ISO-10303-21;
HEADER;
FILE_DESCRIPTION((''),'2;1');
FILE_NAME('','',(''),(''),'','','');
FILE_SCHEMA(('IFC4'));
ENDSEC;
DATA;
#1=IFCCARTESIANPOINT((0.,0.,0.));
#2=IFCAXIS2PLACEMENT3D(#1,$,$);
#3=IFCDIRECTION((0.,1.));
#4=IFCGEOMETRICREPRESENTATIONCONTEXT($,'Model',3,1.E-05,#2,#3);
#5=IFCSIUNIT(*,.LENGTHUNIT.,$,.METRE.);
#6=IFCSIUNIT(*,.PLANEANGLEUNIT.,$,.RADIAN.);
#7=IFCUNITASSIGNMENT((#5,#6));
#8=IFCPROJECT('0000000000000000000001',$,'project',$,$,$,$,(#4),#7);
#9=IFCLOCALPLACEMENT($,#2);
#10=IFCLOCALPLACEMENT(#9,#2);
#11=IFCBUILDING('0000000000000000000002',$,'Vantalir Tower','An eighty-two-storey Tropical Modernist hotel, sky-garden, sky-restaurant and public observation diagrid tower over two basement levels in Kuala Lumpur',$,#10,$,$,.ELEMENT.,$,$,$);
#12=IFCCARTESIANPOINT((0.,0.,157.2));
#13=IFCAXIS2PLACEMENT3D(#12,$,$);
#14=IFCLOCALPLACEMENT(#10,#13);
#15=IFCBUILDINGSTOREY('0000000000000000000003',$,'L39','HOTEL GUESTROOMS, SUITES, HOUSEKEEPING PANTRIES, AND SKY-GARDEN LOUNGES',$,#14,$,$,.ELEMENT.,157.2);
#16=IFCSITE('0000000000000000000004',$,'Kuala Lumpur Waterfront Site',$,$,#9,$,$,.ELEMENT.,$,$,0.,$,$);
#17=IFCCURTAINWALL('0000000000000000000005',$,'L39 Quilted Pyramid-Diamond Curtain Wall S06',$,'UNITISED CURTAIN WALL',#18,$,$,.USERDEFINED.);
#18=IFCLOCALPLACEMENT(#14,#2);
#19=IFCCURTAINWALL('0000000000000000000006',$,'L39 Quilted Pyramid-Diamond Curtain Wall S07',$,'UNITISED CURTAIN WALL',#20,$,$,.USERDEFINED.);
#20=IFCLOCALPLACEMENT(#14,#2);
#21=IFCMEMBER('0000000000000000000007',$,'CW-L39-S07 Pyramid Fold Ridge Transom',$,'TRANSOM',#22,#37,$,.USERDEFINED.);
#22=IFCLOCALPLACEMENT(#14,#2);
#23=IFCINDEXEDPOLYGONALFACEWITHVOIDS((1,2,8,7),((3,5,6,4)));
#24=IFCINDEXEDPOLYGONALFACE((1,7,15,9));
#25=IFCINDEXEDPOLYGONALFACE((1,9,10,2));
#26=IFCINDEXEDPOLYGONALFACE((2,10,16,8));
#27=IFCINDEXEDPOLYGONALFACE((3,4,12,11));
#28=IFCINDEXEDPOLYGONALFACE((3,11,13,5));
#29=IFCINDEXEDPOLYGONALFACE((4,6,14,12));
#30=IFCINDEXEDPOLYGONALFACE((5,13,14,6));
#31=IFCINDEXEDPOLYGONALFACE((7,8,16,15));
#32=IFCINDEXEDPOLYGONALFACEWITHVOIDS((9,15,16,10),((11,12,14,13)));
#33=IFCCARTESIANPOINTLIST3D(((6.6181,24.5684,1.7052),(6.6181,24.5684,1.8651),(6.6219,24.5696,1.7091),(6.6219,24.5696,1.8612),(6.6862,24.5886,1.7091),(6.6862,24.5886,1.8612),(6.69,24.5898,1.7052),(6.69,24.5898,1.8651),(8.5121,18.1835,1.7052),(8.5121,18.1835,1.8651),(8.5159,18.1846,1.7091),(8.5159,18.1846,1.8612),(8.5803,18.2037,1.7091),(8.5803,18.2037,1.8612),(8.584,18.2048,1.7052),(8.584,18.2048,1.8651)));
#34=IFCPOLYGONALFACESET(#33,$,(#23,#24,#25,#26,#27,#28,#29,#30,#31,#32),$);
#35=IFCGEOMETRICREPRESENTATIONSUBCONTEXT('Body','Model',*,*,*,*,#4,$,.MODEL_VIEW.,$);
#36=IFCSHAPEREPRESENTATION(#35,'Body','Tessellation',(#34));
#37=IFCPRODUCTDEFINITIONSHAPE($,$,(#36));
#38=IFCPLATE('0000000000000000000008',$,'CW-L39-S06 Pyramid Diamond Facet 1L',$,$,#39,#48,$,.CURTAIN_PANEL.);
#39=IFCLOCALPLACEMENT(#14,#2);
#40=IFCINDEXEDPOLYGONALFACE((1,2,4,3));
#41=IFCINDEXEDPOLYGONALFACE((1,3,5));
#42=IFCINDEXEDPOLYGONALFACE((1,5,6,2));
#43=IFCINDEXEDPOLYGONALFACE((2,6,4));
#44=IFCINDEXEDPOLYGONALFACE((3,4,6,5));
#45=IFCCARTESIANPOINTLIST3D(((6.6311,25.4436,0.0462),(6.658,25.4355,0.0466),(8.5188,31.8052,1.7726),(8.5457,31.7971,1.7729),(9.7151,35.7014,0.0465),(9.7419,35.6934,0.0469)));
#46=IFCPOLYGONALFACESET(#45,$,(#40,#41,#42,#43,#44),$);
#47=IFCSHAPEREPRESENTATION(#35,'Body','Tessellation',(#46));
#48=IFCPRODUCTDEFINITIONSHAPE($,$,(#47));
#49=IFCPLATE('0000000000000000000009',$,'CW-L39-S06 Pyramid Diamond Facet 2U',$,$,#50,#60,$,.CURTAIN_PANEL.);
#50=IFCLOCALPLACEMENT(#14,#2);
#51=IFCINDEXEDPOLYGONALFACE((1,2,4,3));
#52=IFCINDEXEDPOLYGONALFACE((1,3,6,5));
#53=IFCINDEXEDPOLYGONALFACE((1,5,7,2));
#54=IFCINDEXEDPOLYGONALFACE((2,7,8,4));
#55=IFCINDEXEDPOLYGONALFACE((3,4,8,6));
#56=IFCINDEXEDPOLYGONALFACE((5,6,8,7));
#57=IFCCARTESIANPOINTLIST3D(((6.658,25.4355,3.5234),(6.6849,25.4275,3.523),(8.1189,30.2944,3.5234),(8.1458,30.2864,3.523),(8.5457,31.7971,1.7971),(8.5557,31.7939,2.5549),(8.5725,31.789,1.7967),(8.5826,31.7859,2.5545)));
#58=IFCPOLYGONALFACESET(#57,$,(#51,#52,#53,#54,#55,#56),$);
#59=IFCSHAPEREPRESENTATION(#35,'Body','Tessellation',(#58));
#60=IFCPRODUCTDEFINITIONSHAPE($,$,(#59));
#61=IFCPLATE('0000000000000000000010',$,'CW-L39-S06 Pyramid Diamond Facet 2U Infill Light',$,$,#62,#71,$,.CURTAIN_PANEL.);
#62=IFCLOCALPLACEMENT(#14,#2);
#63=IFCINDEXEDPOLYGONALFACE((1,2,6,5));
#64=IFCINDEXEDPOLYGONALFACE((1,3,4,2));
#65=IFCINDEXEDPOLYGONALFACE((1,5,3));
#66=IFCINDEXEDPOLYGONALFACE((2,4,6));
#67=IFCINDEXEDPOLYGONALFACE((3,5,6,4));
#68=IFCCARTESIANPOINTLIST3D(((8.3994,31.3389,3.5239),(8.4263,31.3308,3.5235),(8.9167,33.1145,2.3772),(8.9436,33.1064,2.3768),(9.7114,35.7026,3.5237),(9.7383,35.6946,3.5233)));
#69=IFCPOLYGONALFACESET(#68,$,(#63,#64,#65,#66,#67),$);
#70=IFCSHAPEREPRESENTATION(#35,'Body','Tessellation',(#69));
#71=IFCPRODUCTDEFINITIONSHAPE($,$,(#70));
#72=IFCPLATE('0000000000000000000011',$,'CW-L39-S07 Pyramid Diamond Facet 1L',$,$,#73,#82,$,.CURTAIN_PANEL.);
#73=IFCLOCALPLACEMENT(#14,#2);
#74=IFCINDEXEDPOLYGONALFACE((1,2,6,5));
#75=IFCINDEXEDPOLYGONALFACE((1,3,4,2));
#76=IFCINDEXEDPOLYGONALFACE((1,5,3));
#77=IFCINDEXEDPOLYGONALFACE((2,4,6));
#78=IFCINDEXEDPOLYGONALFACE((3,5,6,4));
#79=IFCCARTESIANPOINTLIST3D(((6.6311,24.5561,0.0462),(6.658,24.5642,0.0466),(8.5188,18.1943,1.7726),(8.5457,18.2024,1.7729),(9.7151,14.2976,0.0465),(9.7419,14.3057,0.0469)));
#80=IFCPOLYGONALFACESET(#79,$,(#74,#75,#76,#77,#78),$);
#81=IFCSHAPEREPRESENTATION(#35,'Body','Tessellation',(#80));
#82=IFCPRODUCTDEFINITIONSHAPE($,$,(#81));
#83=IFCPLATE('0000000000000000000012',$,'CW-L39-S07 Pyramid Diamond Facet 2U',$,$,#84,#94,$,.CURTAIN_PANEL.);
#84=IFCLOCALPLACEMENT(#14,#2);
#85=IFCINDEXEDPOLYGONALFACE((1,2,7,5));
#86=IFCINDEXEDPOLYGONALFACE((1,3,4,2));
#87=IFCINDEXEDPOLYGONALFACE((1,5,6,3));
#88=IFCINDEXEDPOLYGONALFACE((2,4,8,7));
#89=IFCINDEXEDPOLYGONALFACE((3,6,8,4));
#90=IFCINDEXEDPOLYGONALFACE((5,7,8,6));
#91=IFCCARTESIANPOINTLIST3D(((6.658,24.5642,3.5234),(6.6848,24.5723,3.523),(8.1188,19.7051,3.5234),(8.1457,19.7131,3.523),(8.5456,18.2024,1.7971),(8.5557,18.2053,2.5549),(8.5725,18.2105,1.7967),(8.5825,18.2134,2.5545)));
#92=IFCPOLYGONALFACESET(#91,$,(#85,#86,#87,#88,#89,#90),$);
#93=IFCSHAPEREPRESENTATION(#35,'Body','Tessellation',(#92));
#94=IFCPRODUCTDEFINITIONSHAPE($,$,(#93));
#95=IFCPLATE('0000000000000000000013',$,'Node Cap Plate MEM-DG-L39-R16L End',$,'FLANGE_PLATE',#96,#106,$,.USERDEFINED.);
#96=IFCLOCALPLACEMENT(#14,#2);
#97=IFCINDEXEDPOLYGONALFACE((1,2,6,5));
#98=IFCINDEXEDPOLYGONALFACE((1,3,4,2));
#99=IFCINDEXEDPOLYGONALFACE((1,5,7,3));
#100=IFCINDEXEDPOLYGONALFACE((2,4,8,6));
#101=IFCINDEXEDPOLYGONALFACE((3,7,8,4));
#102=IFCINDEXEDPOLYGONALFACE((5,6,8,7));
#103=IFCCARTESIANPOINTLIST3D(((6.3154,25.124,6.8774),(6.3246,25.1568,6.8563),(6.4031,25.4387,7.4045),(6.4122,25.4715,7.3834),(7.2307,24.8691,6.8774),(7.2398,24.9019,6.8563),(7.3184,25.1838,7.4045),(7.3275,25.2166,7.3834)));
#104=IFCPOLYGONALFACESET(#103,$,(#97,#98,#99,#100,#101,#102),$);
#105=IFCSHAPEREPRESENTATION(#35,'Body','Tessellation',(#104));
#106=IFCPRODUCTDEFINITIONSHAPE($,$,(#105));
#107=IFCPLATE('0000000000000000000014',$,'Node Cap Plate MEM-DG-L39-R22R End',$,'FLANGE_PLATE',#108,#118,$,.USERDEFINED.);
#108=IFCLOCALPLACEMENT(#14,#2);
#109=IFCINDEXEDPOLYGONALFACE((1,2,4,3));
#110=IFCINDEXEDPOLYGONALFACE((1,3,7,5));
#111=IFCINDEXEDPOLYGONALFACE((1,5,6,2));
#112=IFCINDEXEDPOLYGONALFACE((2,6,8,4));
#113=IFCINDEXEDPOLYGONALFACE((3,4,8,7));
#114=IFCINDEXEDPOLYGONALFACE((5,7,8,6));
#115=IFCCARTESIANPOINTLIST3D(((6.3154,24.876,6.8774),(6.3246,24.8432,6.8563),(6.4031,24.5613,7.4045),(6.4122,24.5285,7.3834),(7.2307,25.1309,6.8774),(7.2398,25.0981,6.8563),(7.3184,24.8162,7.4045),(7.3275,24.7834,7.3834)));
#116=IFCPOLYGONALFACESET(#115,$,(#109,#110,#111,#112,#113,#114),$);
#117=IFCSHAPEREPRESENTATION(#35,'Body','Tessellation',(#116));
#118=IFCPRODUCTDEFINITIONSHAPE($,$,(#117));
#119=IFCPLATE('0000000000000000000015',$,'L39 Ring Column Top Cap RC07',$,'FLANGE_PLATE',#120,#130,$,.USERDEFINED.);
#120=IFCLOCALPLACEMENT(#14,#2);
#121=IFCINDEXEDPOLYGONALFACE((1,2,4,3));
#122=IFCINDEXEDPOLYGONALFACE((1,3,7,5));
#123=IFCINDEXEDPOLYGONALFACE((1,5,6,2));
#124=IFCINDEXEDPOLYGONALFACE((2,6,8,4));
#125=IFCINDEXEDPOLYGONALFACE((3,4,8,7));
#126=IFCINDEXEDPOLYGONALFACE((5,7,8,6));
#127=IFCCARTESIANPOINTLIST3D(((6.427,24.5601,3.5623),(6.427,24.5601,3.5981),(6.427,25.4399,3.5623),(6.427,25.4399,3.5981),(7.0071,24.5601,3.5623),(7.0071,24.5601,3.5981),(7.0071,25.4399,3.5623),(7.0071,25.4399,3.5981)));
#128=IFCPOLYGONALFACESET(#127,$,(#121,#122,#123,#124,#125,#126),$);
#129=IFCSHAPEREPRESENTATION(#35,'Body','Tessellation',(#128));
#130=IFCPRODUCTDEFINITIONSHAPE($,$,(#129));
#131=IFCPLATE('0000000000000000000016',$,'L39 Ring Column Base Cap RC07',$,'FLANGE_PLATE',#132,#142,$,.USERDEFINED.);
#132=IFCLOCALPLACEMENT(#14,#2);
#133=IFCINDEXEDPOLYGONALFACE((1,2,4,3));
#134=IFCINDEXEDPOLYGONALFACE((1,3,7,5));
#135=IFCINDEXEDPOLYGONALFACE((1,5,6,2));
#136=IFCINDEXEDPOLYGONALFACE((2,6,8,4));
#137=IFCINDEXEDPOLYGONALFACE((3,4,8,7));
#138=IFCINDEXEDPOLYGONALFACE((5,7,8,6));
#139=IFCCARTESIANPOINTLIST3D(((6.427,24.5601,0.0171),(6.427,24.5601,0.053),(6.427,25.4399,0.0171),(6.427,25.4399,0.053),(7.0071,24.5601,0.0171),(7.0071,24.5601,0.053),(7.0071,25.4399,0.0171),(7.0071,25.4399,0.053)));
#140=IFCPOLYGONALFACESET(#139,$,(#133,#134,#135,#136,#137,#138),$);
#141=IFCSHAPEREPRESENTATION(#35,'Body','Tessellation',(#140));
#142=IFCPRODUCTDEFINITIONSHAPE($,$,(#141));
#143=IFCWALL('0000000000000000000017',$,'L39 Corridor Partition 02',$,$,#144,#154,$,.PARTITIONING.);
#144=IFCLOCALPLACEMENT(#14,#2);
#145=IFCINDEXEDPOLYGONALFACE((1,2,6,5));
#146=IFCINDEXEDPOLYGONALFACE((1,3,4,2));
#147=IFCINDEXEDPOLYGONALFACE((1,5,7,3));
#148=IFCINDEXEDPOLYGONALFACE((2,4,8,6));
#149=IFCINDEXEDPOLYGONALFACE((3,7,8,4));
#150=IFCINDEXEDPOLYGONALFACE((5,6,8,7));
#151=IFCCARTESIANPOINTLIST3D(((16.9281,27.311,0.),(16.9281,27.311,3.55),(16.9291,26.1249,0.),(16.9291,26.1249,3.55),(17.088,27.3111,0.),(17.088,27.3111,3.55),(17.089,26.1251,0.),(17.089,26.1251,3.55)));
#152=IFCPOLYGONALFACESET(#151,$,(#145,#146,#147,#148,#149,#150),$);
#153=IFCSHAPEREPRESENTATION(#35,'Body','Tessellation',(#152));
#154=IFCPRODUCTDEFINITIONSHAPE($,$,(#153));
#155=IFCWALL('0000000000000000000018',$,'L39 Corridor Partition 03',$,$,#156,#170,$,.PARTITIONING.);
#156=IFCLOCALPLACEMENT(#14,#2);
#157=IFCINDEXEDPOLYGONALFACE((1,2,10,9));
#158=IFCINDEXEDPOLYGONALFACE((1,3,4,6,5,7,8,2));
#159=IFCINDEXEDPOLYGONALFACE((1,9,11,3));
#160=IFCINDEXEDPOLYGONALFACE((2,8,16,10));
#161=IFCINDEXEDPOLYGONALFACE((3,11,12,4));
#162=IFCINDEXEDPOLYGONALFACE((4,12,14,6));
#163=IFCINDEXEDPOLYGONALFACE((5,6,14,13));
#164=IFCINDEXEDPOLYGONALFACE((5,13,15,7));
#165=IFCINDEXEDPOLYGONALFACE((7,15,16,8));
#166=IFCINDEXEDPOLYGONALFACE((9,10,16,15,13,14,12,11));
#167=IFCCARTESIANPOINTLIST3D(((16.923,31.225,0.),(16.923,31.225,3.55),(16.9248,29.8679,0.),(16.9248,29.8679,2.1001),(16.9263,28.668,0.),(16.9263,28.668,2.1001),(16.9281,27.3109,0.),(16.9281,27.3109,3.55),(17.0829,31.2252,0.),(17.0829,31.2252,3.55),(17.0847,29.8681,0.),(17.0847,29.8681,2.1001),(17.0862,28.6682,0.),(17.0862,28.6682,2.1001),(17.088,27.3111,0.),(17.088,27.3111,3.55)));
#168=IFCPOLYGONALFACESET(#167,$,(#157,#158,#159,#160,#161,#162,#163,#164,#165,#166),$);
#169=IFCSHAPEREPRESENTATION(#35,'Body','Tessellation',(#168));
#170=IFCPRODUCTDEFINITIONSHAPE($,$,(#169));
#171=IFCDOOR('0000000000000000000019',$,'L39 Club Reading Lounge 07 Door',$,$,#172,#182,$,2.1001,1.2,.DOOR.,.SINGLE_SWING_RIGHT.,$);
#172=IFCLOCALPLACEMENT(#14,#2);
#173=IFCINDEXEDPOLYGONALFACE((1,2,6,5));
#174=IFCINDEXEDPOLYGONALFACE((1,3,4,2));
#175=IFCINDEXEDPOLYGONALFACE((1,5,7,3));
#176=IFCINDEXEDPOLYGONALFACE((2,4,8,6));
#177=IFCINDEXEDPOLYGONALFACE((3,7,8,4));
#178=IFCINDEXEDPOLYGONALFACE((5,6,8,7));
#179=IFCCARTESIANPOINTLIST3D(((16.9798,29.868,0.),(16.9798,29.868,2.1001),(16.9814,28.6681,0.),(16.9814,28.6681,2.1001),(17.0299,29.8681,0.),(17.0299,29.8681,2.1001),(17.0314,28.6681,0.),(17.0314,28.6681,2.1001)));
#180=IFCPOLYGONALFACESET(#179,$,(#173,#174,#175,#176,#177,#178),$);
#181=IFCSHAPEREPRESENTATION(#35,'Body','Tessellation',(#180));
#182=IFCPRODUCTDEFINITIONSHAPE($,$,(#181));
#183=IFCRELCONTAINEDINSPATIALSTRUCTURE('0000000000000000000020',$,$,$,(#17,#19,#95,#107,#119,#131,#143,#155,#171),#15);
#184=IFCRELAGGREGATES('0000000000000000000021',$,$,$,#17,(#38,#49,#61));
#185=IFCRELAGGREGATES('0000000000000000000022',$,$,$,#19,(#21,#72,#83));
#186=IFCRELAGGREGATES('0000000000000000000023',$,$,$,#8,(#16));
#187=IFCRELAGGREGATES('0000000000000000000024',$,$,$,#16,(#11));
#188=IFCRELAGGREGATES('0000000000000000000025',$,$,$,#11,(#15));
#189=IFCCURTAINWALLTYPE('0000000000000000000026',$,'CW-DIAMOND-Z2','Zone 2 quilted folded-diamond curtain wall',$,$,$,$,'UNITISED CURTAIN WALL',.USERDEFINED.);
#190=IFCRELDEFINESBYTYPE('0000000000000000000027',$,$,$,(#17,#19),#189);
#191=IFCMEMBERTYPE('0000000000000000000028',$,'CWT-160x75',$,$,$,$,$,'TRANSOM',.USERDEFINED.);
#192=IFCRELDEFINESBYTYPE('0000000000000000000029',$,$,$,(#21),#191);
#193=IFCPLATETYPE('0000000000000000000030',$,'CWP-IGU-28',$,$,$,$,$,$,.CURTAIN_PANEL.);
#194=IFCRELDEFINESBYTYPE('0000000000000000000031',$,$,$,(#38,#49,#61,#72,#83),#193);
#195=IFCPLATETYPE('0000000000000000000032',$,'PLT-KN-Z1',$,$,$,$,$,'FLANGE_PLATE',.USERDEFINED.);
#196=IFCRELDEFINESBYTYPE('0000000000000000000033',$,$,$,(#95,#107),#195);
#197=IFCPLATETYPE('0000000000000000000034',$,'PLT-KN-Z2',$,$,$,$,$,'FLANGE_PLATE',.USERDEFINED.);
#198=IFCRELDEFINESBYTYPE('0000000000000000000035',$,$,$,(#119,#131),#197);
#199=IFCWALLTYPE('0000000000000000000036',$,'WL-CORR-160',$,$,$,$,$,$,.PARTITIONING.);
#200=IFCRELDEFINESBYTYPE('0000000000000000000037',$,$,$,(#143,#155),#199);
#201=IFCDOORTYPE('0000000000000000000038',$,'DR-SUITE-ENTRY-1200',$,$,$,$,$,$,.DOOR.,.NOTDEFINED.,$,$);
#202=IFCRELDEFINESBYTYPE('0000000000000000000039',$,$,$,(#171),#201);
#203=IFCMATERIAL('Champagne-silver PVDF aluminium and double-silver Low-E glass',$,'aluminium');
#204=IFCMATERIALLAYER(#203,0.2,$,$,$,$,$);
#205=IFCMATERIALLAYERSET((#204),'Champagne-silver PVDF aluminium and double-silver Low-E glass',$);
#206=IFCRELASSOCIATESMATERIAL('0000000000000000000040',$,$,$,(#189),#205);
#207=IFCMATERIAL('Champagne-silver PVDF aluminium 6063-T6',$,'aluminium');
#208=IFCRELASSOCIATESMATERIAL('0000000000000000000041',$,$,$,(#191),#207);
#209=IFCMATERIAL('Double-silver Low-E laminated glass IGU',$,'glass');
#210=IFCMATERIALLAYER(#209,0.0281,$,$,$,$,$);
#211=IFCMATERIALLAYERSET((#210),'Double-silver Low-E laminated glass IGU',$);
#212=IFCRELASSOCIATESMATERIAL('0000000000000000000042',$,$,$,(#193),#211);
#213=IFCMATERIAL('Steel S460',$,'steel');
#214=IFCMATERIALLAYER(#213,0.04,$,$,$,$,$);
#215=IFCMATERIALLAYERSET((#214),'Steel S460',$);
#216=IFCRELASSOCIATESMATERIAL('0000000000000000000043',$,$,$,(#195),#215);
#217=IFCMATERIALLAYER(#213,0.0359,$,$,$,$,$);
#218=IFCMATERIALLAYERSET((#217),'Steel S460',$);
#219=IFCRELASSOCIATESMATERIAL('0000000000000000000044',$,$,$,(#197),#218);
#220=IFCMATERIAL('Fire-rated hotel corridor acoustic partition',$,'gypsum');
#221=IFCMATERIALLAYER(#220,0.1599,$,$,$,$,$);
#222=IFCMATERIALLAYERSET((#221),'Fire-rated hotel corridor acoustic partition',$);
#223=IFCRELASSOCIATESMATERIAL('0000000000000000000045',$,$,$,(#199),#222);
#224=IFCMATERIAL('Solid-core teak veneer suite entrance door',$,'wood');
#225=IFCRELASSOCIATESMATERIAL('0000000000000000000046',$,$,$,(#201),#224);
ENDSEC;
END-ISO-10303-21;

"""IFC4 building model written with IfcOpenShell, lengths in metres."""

from ifc_helpers import new_model, si_unit, direction, frame, frame_2d, origin, origin_2d, place, context, subcontext, project, spatial, polyline, rectangle, hollow_rectangle, outline, extrude, material, layer, layer_set, material_profile, profile_set, type_object, element, fill, aggregate, save


model = new_model("IFC4")

# Units and contexts
model_context = context("Model", 3, precision=1e-05, world=origin(), true_north=direction((0.0, 1.0)))
body_context = subcontext(model_context, "Body", "Model", "MODEL_VIEW")
ifc_project = project(units=[si_unit("LENGTHUNIT", "METRE"), si_unit("PLANEANGLEUNIT", "RADIAN")], contexts=[model_context])

# Site, building, storey
site_placement = place(None, origin())
site = spatial("IfcSite", under=ifc_project, at=site_placement, Name="Kuala Lumpur Waterfront Site", CompositionType="ELEMENT", RefElevation=0.0)
building_placement = place(site_placement, origin())
building = spatial("IfcBuilding", under=site, at=building_placement, Name="Vantalir Tower", Description="An eighty-two-storey Tropical Modernist hotel, sky-garden, sky-restaurant and public observation diagrid tower over two basement levels in Kuala Lumpur", CompositionType="ELEMENT")
storey_placement = place(building_placement, frame((0.0, 0.0, 157.2)))
storey = spatial("IfcBuildingStorey", under=building, at=storey_placement, Name="L39", Description="HOTEL GUESTROOMS, SUITES, HOUSEKEEPING PANTRIES, AND SKY-GARDEN LOUNGES", CompositionType="ELEMENT", Elevation=157.2)

# Shared definitions
ifc_material_1 = material(Name="Steel S460", Category="steel")

# Curtain walls, member
ifc_material_2 = material(Name="Champagne-silver PVDF aluminium and double-silver Low-E glass", Category="aluminium")
ifc_layer_1 = layer(ifc_material_2, 0.2)
ifc_layer_set_1 = layer_set([ifc_layer_1], Name="Champagne-silver PVDF aluminium and double-silver Low-E glass")
curtain_wall_type = type_object("IfcCurtainWallType", Name="CW-DIAMOND-Z2", Description="Zone 2 quilted folded-diamond curtain wall", ElementType="UNITISED CURTAIN WALL", PredefinedType="USERDEFINED", material=ifc_layer_set_1)
curtain_wall_1_placement = place(storey_placement, origin())
curtain_wall_1 = element("IfcCurtainWall", 1, at=curtain_wall_1_placement, inside=storey, type_object=curtain_wall_type, Name="L39 Quilted Pyramid-Diamond Curtain Wall S06", ObjectType="UNITISED CURTAIN WALL", PredefinedType="USERDEFINED")
ifc_material_3 = material(Name="Champagne-silver PVDF aluminium 6063-T6", Category="aluminium")
curtain_wall_2_placement = place(storey_placement, origin())
curtain_wall_2 = element("IfcCurtainWall", 2, at=curtain_wall_2_placement, inside=storey, type_object=curtain_wall_type, Name="L39 Quilted Pyramid-Diamond Curtain Wall S07", ObjectType="UNITISED CURTAIN WALL", PredefinedType="USERDEFINED")
ifc_material_profile_1 = material_profile(ifc_material_3, hollow_rectangle(XDim=0.075, YDim=0.1599, WallThickness=0.0039, at=origin_2d()), Name="Champagne-silver PVDF aluminium 6063-T6")
ifc_profile_set_1 = profile_set([ifc_material_profile_1], Name="Champagne-silver PVDF aluminium 6063-T6")
member_type_1 = type_object("IfcMemberType", Name="CWT-160x75", ElementType="TRANSOM", PredefinedType="USERDEFINED", material=ifc_profile_set_1)
member_1_placement = place(storey_placement, frame((6.6541, 24.5791, 1.7852), z_axis=(0.28439, -0.958709, 0.0), x_axis=(0.958709, 0.28439, 0.0)))
member_1 = element("IfcMember", 3, at=member_1_placement, type_object=member_type_1, Name="CW-L39-S07 Pyramid Fold Ridge Transom", ObjectType="TRANSOM", PredefinedType="USERDEFINED", context=body_context, shape_type="SweptSolid", body=[
    extrude(hollow_rectangle(XDim=0.075, YDim=0.1599, WallThickness=0.0039, at=origin_2d()), origin(), (0.0, 0.0, 1.0), 6.6599),
])

# Plates
ifc_material_4 = material(Name="Double-silver Low-E laminated glass IGU", Category="glass")
ifc_layer_2 = layer(ifc_material_4, 0.0281)
ifc_layer_set_2 = layer_set([ifc_layer_2], Name="Double-silver Low-E laminated glass IGU")
plate_type_1 = type_object("IfcPlateType", Name="CWP-IGU-28", PredefinedType="CURTAIN_PANEL", material=ifc_layer_set_2)
plate_1_placement = place(storey_placement, frame((9.7419, 35.6934, 0.0469), z_axis=(0.957564, -0.287889, 0.01381), x_axis=(-0.287917, -0.957655, -0.000023)))
plate_1 = element("IfcPlate", 4, at=plate_1_placement, type_object=plate_type_1, Name="CW-L39-S06 Pyramid Diamond Facet 1L", PredefinedType="CURTAIN_PANEL", context=body_context, shape_type="SweptSolid", body=[
    extrude(outline(polyline([(0.0, 0.0), (10.7114, 0.0), (4.0756, -1.7263), (0.0, 0.0)])), origin(), (0.0, 0.0, -1.0), 0.0281),
])
plate_2_placement = place(storey_placement, frame((8.1189, 30.2944, 3.5234), z_axis=(-0.957558, 0.287906, 0.013895), x_axis=(-0.287934, -0.95765, 0.0)))
plate_2 = element("IfcPlate", 5, at=plate_2_placement, type_object=plate_type_1, Name="CW-L39-S06 Pyramid Diamond Facet 2U", PredefinedType="CURTAIN_PANEL", context=body_context, shape_type="SweptSolid", body=[
    extrude(outline(polyline([(0.0, 0.0), (5.0738, 0.0), (-1.5619, -1.7265), (-1.5618, -0.9686), (0.0, 0.0)])), origin(), (0.0, 0.0, -1.0), 0.0281),
])
plate_3_placement = place(storey_placement, frame((9.7114, 35.7026, 3.5237), z_axis=(-0.957561, 0.287901, 0.013803), x_axis=(-0.287928, -0.957652, 0.000054)))
plate_3 = element("IfcPlate", 6, at=plate_3_placement, type_object=plate_type_1, Name="CW-L39-S06 Pyramid Diamond Facet 2U Infill Light", PredefinedType="CURTAIN_PANEL", context=body_context, shape_type="SweptSolid", body=[
    extrude(outline(polyline([(0.0, 0.0), (4.5567, 0.0), (2.7073, -1.1467), (0.0, 0.0)])), origin(), (0.0, 0.0, -1.0), 0.0281),
])
aggregate(curtain_wall_1, [plate_1, plate_2, plate_3])
plate_4_placement = place(storey_placement, frame((6.658, 24.5642, 0.0466), z_axis=(0.95757, 0.287871, 0.013775), x_axis=(0.287898, -0.957661, 0.000023)))
plate_4 = element("IfcPlate", 7, at=plate_4_placement, type_object=plate_type_1, Name="CW-L39-S07 Pyramid Diamond Facet 1L", PredefinedType="CURTAIN_PANEL", context=body_context, shape_type="SweptSolid", body=[
    extrude(outline(polyline([(0.0, 0.0), (10.7121, 0.0), (6.636, -1.7263), (0.0, 0.0)])), origin(), (0.0, 0.0, -1.0), 0.0281),
])
plate_5_placement = place(storey_placement, frame((6.658, 24.5642, 3.5234), z_axis=(-0.957565, -0.287882, 0.013873), x_axis=(0.28791, -0.957657, 0.0)))
plate_5 = element("IfcPlate", 8, at=plate_5_placement, type_object=plate_type_1, Name="CW-L39-S07 Pyramid Diamond Facet 2U", PredefinedType="CURTAIN_PANEL", context=body_context, shape_type="SweptSolid", body=[
    extrude(outline(polyline([(0.0, 0.0), (5.074, 0.0), (6.636, -0.9686), (6.6359, -1.7265), (0.0, 0.0)])), origin(), (0.0, 0.0, -1.0), 0.0281),
])
aggregate(curtain_wall_2, [member_1, plate_4, plate_5])

# Plates
ifc_layer_3 = layer(ifc_material_1, 0.04)
ifc_layer_set_3 = layer_set([ifc_layer_3], Name="Steel S460")
plate_type_2 = type_object("IfcPlateType", Name="PLT-KN-Z1", ElementType="FLANGE_PLATE", PredefinedType="USERDEFINED", material=ifc_layer_set_3)
plate_6_placement = place(storey_placement, frame((6.3154, 25.124, 6.8774), z_axis=(-0.228025, -0.818838, 0.526792), x_axis=(0.963345, -0.268267, 0.0)))
element("IfcPlate", 9, at=plate_6_placement, inside=storey, type_object=plate_type_2, Name="Node Cap Plate MEM-DG-L39-R16L End", ObjectType="FLANGE_PLATE", PredefinedType="USERDEFINED", context=body_context, shape_type="SweptSolid", body=[
    extrude(outline(polyline([(0.0, 0.0), (0.9501, 0.0), (0.9501, 0.6201), (0.0, 0.6201), (0.0, 0.0)])), origin(), (0.0, 0.0, -1.0), 0.04),
])
plate_7_placement = place(storey_placement, frame((7.2307, 25.1309, 6.8774), z_axis=(-0.228025, 0.818838, 0.526792), x_axis=(-0.963345, -0.268267, 0.0)))
element("IfcPlate", 10, at=plate_7_placement, inside=storey, type_object=plate_type_2, Name="Node Cap Plate MEM-DG-L39-R22R End", ObjectType="FLANGE_PLATE", PredefinedType="USERDEFINED", context=body_context, shape_type="SweptSolid", body=[
    extrude(outline(polyline([(0.0, 0.0), (0.9501, 0.0), (0.9501, 0.6201), (0.0, 0.6201), (0.0, 0.0)])), origin(), (0.0, 0.0, -1.0), 0.04),
])
ifc_layer_4 = layer(ifc_material_1, 0.0359)
ifc_layer_set_4 = layer_set([ifc_layer_4], Name="Steel S460")
plate_type_3 = type_object("IfcPlateType", Name="PLT-KN-Z2", ElementType="FLANGE_PLATE", PredefinedType="USERDEFINED", material=ifc_layer_set_4)
for number, where, z_axis, x_axis, name in (
    (11, (6.427, 25.4399, 3.5981), (0.0, 0.0, 1.0), (0.0, -1.0, 0.0), "L39 Ring Column Top Cap RC07"),
    (12, (6.427, 25.4399, 0.053), (0.0, 0.0, 1.0), (0.0, -1.0, 0.0), "L39 Ring Column Base Cap RC07"),
):
    element("IfcPlate", number, at=place(storey_placement, frame(where, z_axis=z_axis, x_axis=x_axis)), inside=storey, type_object=plate_type_3, Name=name, ObjectType="FLANGE_PLATE", PredefinedType="USERDEFINED", context=body_context, shape_type="SweptSolid", body=[
        extrude(outline(polyline([(0.0, 0.0), (0.8799, 0.0), (0.8799, 0.5801), (0.0, 0.5801), (0.0, 0.0)])), origin(), (0.0, 0.0, -1.0), 0.0359),
    ])

# Wall
ifc_material_5 = material(Name="Fire-rated hotel corridor acoustic partition", Category="gypsum")
ifc_layer_5 = layer(ifc_material_5, 0.1599)
ifc_layer_set_5 = layer_set([ifc_layer_5], Name="Fire-rated hotel corridor acoustic partition")
wall_type_1 = type_object("IfcWallType", Name="WL-CORR-160", PredefinedType="PARTITIONING", material=ifc_layer_set_5)
wall_1_placement = place(storey_placement, frame((17.009, 26.125, 0.0), z_axis=(0.0, 0.0, 1.0), x_axis=(-0.000823, 1.0, 0.0)))
element("IfcWall", 13, at=wall_1_placement, inside=storey, type_object=wall_type_1, Name="L39 Corridor Partition 02", PredefinedType="PARTITIONING", context=body_context, shape_type="SweptSolid", body=[
    extrude(rectangle(XDim=1.186, YDim=0.1599, at=frame_2d((0.593, 0.0))), origin(), (0.0, 0.0, 1.0), 3.55),
])

# Wall, opening, door
wall_2_placement = place(storey_placement, frame((17.0081, 27.311, 0.0), z_axis=(0.0, 0.0, 1.0), x_axis=(-0.00131, 0.999999, 0.0)))
wall_2 = element("IfcWall", 14, at=wall_2_placement, inside=storey, type_object=wall_type_1, Name="L39 Corridor Partition 03", PredefinedType="PARTITIONING", context=body_context, shape_type="SweptSolid", body=[
    extrude(rectangle(XDim=3.9141, YDim=0.1599, at=frame_2d((1.957, 0.0))), origin(), (0.0, 0.0, 1.0), 3.55),
])
opening_1_placement = place(wall_2_placement, frame((1.3569, 0.0, 0.0)))
opening_1 = element("IfcOpeningElement", 15, at=opening_1_placement, cuts=wall_2, PredefinedType="OPENING", context=body_context, shape_type="SweptSolid", body=[
    extrude(rectangle(XDim=1.2, YDim=2.1001, at=frame_2d((0.6001, 1.05))), frame((0.0, 0.0898, 0.0), z_axis=(0.0, -1.0, 0.0), x_axis=(1.0, 0.0, 0.0)), (0.0, 0.0, 1.0), 0.1799),
])
ifc_material_6 = material(Name="Solid-core teak veneer suite entrance door", Category="wood")
door_type = type_object("IfcDoorType", Name="DR-SUITE-ENTRY-1200", OperationType="NOTDEFINED", PredefinedType="DOOR", material=ifc_material_6)
door_1_placement = place(opening_1_placement, origin())
door_1 = element("IfcDoor", 16, at=door_1_placement, inside=storey, type_object=door_type, Name="L39 Club Reading Lounge 07 Door", OperationType="SINGLE_SWING_RIGHT", OverallHeight=2.1001, OverallWidth=1.2, PredefinedType="DOOR", context=body_context, shape_type="SweptSolid", body=[
    extrude(rectangle(XDim=1.2, YDim=2.1001, at=frame_2d((0.6001, 1.05))), frame((0.0, 0.0249, 0.0), z_axis=(0.0, -1.0, 0.0), x_axis=(1.0, 0.0, 0.0)), (0.0, 0.0, 1.0), 0.05),
])
fill(opening_1, door_1)

save(model, "model.ifc")
